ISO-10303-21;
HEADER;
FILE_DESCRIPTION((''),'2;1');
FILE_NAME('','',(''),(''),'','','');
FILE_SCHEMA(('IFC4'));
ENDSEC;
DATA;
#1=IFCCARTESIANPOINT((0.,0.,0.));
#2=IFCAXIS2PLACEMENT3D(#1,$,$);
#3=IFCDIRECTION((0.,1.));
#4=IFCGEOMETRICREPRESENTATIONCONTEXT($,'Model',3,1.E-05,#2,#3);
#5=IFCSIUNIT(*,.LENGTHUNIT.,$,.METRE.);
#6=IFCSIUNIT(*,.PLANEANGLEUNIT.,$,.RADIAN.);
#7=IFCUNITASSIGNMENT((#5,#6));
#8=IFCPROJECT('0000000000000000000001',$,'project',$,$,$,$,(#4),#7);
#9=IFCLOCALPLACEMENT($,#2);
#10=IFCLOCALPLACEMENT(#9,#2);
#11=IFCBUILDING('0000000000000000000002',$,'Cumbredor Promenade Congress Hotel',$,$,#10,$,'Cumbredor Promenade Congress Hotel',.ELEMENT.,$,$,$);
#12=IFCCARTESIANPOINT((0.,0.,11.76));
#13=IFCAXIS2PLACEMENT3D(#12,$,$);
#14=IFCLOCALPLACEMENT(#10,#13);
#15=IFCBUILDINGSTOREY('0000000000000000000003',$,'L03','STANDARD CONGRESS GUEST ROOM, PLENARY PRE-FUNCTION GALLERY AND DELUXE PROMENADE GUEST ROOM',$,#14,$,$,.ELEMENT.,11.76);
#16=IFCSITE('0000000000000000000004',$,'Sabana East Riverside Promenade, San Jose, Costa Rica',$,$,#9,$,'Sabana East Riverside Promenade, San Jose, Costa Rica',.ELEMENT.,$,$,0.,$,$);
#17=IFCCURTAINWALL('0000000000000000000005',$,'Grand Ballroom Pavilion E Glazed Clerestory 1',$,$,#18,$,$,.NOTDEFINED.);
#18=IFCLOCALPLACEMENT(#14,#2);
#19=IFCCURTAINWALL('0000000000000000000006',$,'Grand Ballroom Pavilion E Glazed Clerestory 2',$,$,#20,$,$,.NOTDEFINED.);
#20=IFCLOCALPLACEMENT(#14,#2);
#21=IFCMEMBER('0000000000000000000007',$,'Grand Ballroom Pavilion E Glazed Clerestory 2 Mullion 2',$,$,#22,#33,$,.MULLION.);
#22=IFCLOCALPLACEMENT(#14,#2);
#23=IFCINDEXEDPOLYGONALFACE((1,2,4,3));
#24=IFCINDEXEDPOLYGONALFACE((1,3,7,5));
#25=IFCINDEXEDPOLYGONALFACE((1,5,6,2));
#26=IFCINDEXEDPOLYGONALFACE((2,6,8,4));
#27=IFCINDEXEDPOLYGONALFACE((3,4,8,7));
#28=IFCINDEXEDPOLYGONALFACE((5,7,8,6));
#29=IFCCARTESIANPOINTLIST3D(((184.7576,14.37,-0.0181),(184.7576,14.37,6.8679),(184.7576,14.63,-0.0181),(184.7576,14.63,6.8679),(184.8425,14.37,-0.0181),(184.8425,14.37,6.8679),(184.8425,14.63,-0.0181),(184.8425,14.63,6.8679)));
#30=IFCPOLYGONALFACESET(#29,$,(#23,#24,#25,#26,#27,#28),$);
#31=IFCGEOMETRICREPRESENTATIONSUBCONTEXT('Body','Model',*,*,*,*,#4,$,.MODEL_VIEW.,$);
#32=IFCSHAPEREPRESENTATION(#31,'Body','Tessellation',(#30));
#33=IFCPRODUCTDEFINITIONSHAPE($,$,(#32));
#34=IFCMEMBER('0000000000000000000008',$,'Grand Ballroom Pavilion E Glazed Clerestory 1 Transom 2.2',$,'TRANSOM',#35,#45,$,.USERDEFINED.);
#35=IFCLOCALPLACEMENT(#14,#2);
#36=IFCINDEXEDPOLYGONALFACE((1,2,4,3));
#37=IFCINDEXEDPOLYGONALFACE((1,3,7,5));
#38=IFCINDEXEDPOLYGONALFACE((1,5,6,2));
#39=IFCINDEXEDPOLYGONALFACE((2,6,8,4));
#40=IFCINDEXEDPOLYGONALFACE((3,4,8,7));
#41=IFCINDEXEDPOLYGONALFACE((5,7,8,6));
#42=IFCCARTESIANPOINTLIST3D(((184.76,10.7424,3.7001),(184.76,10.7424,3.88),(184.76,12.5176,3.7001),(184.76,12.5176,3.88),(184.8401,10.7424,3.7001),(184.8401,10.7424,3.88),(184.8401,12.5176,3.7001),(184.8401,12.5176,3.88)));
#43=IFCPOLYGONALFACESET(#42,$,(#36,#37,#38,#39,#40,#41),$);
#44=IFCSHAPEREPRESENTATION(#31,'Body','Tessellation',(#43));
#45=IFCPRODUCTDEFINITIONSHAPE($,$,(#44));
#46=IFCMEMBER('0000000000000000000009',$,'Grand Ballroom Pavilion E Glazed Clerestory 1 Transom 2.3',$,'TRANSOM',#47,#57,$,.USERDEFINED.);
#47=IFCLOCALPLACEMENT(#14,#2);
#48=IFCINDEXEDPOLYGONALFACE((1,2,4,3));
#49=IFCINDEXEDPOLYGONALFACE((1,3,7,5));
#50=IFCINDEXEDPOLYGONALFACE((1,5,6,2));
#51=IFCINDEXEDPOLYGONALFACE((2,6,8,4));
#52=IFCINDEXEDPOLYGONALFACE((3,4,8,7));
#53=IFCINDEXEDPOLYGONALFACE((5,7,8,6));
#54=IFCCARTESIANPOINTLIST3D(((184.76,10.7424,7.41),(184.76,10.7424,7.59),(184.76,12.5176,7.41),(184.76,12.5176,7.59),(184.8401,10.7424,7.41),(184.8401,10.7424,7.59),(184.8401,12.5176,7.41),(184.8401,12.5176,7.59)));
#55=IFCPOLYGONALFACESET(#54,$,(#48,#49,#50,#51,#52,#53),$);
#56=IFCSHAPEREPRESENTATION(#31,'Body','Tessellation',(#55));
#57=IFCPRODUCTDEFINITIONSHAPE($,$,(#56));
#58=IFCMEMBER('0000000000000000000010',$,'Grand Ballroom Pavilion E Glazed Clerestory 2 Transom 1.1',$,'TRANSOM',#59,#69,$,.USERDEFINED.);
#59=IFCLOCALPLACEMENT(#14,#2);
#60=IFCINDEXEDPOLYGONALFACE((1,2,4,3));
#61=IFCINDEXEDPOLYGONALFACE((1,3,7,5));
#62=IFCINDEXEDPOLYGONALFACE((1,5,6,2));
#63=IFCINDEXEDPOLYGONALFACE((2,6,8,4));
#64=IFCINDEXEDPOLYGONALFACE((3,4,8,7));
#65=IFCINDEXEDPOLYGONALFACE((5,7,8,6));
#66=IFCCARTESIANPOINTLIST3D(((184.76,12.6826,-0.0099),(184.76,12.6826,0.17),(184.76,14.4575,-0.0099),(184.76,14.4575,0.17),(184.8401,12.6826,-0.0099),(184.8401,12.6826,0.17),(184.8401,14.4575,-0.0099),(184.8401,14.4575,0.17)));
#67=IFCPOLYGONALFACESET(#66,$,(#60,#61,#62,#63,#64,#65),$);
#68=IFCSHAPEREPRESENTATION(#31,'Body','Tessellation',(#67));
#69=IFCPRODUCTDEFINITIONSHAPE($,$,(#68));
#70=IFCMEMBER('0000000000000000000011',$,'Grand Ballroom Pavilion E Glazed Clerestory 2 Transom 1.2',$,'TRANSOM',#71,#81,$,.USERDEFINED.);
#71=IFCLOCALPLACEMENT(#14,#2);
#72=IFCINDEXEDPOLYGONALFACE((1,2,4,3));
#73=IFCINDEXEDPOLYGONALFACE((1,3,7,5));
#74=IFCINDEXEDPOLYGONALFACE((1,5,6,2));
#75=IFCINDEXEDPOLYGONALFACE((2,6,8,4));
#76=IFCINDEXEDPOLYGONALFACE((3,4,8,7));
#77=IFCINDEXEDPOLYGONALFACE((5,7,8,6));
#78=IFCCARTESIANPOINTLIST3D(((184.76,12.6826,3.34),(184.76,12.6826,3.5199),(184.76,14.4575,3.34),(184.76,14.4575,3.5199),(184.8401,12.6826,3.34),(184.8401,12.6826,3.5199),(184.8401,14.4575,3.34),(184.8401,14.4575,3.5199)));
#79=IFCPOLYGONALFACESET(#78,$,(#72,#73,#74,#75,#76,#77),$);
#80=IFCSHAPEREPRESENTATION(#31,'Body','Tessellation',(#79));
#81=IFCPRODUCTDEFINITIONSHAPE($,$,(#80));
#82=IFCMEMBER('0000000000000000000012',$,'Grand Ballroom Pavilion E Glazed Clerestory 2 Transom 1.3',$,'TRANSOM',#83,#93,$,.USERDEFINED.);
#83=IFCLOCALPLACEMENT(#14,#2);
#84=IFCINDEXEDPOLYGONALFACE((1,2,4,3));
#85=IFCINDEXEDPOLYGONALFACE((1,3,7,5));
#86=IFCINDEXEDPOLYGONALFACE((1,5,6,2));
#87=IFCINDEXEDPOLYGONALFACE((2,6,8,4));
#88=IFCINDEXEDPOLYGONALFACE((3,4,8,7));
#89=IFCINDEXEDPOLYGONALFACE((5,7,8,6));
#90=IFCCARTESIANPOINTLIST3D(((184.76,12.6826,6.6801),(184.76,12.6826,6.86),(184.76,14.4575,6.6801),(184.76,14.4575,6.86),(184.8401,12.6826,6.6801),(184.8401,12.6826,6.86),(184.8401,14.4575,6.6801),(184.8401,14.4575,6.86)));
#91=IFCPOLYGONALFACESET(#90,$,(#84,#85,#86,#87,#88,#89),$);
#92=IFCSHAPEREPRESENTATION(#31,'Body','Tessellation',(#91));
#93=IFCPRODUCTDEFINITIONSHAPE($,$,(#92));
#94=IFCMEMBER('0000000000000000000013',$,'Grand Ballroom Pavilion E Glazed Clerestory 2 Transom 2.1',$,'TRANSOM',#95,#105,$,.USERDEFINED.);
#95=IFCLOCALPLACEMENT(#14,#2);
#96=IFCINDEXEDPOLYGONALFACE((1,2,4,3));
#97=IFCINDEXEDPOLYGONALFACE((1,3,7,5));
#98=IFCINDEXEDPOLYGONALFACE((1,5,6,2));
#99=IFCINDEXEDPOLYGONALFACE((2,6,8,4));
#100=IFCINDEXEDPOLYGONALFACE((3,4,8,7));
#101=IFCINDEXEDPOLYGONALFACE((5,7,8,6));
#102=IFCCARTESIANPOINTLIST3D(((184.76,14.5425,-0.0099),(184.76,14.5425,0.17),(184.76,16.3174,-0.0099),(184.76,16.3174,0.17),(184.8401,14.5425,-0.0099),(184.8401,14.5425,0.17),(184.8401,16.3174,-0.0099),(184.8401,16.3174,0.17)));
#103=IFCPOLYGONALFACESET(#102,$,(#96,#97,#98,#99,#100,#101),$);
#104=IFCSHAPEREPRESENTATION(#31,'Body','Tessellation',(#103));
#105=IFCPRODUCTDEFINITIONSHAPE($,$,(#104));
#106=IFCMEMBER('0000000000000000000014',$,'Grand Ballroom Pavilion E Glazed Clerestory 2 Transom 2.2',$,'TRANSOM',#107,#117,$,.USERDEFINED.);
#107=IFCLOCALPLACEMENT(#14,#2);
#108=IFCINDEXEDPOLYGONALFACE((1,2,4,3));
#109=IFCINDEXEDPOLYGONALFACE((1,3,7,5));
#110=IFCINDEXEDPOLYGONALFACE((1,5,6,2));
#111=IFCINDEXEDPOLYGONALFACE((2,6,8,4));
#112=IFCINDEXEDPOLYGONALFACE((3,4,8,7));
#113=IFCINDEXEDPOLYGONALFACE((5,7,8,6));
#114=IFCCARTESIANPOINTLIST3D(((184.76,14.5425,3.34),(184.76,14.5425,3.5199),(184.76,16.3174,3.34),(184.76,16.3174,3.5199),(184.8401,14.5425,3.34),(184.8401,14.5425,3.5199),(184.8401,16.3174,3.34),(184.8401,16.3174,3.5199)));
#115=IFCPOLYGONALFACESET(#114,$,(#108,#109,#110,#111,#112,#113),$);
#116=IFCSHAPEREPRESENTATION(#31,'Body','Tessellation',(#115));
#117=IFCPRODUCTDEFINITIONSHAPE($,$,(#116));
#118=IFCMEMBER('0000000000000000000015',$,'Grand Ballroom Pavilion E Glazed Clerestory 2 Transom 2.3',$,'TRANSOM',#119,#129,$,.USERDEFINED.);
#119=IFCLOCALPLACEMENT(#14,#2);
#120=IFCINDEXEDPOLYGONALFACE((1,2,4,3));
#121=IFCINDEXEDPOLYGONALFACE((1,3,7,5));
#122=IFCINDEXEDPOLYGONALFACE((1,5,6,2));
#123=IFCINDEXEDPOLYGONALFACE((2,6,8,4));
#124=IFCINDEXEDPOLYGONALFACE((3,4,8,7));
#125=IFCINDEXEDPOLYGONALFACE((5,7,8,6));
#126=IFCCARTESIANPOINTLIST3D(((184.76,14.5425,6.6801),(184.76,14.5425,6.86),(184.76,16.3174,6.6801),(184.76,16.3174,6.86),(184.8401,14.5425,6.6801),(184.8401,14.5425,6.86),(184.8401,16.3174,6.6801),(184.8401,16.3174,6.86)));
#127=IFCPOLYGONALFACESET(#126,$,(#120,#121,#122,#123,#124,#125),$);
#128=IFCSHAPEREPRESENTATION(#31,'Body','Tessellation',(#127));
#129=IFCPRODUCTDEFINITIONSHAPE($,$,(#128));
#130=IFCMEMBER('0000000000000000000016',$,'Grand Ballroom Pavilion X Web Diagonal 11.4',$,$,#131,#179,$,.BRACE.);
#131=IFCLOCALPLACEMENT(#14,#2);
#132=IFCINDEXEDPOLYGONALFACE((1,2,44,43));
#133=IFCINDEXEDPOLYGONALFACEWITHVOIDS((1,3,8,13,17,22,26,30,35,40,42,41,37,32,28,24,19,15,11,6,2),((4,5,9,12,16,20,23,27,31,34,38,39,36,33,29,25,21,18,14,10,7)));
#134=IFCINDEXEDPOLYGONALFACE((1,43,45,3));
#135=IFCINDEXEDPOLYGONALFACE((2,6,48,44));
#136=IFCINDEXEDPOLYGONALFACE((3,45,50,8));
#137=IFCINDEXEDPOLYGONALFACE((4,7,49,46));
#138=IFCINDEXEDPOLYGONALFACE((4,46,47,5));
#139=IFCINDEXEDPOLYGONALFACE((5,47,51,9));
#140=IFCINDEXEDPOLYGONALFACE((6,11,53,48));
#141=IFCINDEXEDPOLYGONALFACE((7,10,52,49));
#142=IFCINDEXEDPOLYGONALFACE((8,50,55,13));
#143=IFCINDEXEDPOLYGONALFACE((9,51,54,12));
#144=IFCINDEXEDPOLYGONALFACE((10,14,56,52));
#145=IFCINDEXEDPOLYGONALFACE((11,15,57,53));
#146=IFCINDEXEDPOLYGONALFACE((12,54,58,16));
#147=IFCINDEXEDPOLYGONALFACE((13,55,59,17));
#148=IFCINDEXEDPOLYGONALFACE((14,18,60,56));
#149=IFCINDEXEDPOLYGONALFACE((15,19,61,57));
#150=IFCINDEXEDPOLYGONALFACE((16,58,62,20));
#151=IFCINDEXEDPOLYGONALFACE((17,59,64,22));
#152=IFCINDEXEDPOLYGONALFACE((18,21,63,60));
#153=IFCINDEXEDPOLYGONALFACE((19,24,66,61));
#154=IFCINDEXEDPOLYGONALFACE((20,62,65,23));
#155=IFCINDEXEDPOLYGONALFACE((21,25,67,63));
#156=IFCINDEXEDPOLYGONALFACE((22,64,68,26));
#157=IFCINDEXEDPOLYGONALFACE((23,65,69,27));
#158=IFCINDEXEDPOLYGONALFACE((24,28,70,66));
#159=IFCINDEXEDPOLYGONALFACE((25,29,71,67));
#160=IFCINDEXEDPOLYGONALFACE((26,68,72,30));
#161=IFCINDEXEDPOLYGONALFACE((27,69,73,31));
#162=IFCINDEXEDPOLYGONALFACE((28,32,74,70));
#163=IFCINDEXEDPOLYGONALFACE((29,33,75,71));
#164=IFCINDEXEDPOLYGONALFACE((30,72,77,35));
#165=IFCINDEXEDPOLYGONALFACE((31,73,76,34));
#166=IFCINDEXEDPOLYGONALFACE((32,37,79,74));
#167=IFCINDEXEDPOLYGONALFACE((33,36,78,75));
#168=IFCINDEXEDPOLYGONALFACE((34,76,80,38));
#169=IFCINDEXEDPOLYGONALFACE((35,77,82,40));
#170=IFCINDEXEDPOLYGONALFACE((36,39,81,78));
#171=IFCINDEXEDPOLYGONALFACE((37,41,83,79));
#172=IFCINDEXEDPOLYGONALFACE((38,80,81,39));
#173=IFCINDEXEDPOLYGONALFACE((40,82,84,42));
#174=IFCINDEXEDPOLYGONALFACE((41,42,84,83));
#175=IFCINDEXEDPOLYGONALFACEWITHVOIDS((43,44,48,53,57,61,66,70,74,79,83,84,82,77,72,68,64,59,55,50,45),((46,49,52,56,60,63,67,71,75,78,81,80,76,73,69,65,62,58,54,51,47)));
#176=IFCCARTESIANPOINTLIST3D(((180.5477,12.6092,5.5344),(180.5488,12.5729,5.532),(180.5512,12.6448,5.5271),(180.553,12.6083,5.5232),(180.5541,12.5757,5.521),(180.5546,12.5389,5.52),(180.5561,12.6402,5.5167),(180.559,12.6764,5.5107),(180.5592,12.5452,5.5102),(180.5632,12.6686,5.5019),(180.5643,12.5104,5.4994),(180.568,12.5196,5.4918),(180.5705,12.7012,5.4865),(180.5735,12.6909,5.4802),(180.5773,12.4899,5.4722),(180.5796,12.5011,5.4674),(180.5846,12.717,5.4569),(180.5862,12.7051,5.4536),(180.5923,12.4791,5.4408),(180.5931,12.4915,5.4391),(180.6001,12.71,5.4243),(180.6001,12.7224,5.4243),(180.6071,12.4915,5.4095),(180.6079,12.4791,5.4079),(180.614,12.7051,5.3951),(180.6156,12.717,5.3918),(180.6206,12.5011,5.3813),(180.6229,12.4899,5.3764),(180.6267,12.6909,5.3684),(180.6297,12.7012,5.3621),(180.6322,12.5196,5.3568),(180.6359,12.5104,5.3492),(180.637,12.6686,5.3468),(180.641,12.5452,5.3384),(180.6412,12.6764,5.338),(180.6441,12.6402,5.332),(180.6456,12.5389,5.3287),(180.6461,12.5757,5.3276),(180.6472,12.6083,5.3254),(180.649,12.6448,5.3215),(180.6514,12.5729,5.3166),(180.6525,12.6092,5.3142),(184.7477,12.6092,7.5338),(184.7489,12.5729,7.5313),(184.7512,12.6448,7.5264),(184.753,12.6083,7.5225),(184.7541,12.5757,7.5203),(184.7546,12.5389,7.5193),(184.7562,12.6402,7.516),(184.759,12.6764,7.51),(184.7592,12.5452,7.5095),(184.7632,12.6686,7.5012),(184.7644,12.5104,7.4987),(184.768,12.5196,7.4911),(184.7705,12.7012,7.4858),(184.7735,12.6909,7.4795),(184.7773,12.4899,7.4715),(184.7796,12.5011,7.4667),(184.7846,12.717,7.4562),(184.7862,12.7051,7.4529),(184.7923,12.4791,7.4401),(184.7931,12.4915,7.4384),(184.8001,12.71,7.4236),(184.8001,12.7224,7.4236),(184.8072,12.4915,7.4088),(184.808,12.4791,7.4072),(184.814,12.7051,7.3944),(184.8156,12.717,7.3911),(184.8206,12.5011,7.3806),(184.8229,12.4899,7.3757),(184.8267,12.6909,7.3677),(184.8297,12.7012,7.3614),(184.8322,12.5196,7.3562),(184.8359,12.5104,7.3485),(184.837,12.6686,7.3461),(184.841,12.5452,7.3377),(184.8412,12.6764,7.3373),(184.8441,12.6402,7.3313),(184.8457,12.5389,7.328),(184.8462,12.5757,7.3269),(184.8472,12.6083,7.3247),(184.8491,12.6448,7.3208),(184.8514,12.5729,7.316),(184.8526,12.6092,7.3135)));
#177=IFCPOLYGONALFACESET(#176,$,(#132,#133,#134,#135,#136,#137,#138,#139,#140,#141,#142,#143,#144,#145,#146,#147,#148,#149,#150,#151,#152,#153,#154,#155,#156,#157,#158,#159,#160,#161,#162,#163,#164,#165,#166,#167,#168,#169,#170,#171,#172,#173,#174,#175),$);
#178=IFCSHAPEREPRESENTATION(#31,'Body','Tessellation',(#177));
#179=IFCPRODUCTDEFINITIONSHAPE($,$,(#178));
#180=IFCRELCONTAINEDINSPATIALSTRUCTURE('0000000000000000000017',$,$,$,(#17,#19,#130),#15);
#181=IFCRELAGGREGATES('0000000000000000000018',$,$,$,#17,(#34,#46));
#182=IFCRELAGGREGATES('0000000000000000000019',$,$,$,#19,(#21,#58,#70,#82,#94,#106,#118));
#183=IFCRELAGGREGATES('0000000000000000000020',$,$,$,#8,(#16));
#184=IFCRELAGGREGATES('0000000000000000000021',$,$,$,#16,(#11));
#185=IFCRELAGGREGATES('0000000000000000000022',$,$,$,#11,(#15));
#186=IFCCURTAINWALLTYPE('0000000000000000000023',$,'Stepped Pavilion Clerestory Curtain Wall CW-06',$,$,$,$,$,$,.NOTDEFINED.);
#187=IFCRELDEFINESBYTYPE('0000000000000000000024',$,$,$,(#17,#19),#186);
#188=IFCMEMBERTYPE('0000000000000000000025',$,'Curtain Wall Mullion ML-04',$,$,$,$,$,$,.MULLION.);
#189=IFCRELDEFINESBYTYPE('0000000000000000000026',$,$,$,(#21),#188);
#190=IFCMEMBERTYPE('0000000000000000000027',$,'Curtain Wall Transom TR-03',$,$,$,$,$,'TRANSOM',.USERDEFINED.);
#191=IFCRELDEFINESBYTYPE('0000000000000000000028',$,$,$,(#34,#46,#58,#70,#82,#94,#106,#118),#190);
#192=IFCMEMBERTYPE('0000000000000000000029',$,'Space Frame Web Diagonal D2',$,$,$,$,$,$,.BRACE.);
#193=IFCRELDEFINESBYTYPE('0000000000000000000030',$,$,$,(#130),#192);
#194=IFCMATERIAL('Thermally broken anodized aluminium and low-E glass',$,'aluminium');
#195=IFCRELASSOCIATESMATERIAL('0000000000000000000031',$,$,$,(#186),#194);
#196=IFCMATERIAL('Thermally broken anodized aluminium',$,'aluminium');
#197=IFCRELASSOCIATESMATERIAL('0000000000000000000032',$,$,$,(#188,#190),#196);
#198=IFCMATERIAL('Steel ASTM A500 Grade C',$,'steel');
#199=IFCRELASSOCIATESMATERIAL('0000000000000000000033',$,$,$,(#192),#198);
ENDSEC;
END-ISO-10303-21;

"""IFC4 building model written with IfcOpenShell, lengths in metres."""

from ifc_helpers import new_model, si_unit, direction, frame, origin, origin_2d, place, context, subcontext, project, spatial, rectangle, hollow_circle, extrude, material, material_profile, profile_set, type_object, element, aggregate, save


model = new_model("IFC4")

# Units and contexts
model_context = context("Model", 3, precision=1e-05, world=origin(), true_north=direction((0.0, 1.0)))
body_context = subcontext(model_context, "Body", "Model", "MODEL_VIEW")
ifc_project = project(units=[si_unit("LENGTHUNIT", "METRE"), si_unit("PLANEANGLEUNIT", "RADIAN")], contexts=[model_context])

# Site, building, storey
site_placement = place(None, origin())
site = spatial("IfcSite", under=ifc_project, at=site_placement, Name="Sabana East Riverside Promenade, San Jose, Costa Rica", LongName="Sabana East Riverside Promenade, San Jose, Costa Rica", CompositionType="ELEMENT", RefElevation=0.0)
building_placement = place(site_placement, origin())
building = spatial("IfcBuilding", under=site, at=building_placement, Name="Cumbredor Promenade Congress Hotel", LongName="Cumbredor Promenade Congress Hotel", CompositionType="ELEMENT")
storey_placement = place(building_placement, frame((0.0, 0.0, 11.76)))
storey = spatial("IfcBuildingStorey", under=building, at=storey_placement, Name="L03", Description="STANDARD CONGRESS GUEST ROOM, PLENARY PRE-FUNCTION GALLERY AND DELUXE PROMENADE GUEST ROOM", CompositionType="ELEMENT", Elevation=11.76)

# Shared definitions
ifc_material_1 = material(Name="Steel ASTM A500 Grade C", Category="steel")

# Curtain wall
ifc_material_2 = material(Name="Thermally broken anodized aluminium and low-E glass", Category="aluminium")
curtain_wall_type = type_object("IfcCurtainWallType", Name="Stepped Pavilion Clerestory Curtain Wall CW-06", PredefinedType="NOTDEFINED", material=ifc_material_2)
curtain_wall_1_placement = place(storey_placement, origin())
curtain_wall_1 = element("IfcCurtainWall", 1, at=curtain_wall_1_placement, inside=storey, type_object=curtain_wall_type, Name="Grand Ballroom Pavilion E Glazed Clerestory 1", PredefinedType="NOTDEFINED")
ifc_material_3 = material(Name="Thermally broken anodized aluminium", Category="aluminium")
ifc_material_profile_1 = material_profile(ifc_material_3, rectangle(XDim=0.085, YDim=0.26, at=origin_2d()), Name="ALU MULLION CLERESTORY 85x260")
ifc_profile_set_1 = profile_set([ifc_material_profile_1], Name="Thermally broken anodized aluminium")
member_type_1 = type_object("IfcMemberType", Name="Curtain Wall Mullion ML-04", PredefinedType="MULLION", material=ifc_profile_set_1)

# Curtain wall, member
curtain_wall_2_placement = place(storey_placement, origin())
curtain_wall_2 = element("IfcCurtainWall", 2, at=curtain_wall_2_placement, inside=storey, type_object=curtain_wall_type, Name="Grand Ballroom Pavilion E Glazed Clerestory 2", PredefinedType="NOTDEFINED")
member_1_placement = place(storey_placement, frame((184.8, 14.5, -0.0181), z_axis=(0.0, 0.0, 1.0), x_axis=(1.0, 0.0, 0.0)))
member_1 = element("IfcMember", 3, at=member_1_placement, type_object=member_type_1, Name="Grand Ballroom Pavilion E Glazed Clerestory 2 Mullion 2", PredefinedType="MULLION", context=body_context, shape_type="SweptSolid", body=[
    extrude(rectangle(XDim=0.085, YDim=0.26, at=origin_2d()), origin(), (0.0, 0.0, 1.0), 6.886),
])

# Members
ifc_material_profile_2 = material_profile(ifc_material_3, rectangle(XDim=0.0801, YDim=0.1799, at=origin_2d()), Name="ALU TRANSOM 80x180")
ifc_profile_set_2 = profile_set([ifc_material_profile_2], Name="Thermally broken anodized aluminium")
member_type_2 = type_object("IfcMemberType", Name="Curtain Wall Transom TR-03", ElementType="TRANSOM", PredefinedType="USERDEFINED", material=ifc_profile_set_2)
member_2_placement = place(storey_placement, frame((184.8, 10.7424, 3.79), z_axis=(0.0, 1.0, 0.0), x_axis=(-1.0, 0.0, 0.0)))
member_2 = element("IfcMember", 4, at=member_2_placement, type_object=member_type_2, Name="Grand Ballroom Pavilion E Glazed Clerestory 1 Transom 2.2", ObjectType="TRANSOM", PredefinedType="USERDEFINED", context=body_context, shape_type="SweptSolid", body=[
    extrude(rectangle(XDim=0.0801, YDim=0.1799, at=origin_2d()), origin(), (0.0, 0.0, 1.0), 1.7751),
])
member_3_placement = place(storey_placement, frame((184.8, 10.7424, 7.5), z_axis=(0.0, 1.0, 0.0), x_axis=(-1.0, 0.0, 0.0)))
member_3 = element("IfcMember", 5, at=member_3_placement, type_object=member_type_2, Name="Grand Ballroom Pavilion E Glazed Clerestory 1 Transom 2.3", ObjectType="TRANSOM", PredefinedType="USERDEFINED", context=body_context, shape_type="SweptSolid", body=[
    extrude(rectangle(XDim=0.0801, YDim=0.1799, at=origin_2d()), origin(), (0.0, 0.0, 1.0), 1.7751),
])
member_4_placement = place(storey_placement, frame((184.8, 12.6826, 0.0801), z_axis=(0.0, 1.0, 0.0), x_axis=(-1.0, 0.0, 0.0)))
member_4 = element("IfcMember", 6, at=member_4_placement, type_object=member_type_2, Name="Grand Ballroom Pavilion E Glazed Clerestory 2 Transom 1.1", ObjectType="TRANSOM", PredefinedType="USERDEFINED", context=body_context, shape_type="SweptSolid", body=[
    extrude(rectangle(XDim=0.0801, YDim=0.1799, at=origin_2d()), origin(), (0.0, 0.0, 1.0), 1.7749),
])
member_5_placement = place(storey_placement, frame((184.8, 12.6826, 3.4299), z_axis=(0.0, 1.0, 0.0), x_axis=(-1.0, 0.0, 0.0)))
member_5 = element("IfcMember", 7, at=member_5_placement, type_object=member_type_2, Name="Grand Ballroom Pavilion E Glazed Clerestory 2 Transom 1.2", ObjectType="TRANSOM", PredefinedType="USERDEFINED", context=body_context, shape_type="SweptSolid", body=[
    extrude(rectangle(XDim=0.0801, YDim=0.1799, at=origin_2d()), origin(), (0.0, 0.0, 1.0), 1.7749),
])
member_6_placement = place(storey_placement, frame((184.8, 12.6826, 6.77), z_axis=(0.0, 1.0, 0.0), x_axis=(-1.0, 0.0, 0.0)))
member_6 = element("IfcMember", 8, at=member_6_placement, type_object=member_type_2, Name="Grand Ballroom Pavilion E Glazed Clerestory 2 Transom 1.3", ObjectType="TRANSOM", PredefinedType="USERDEFINED", context=body_context, shape_type="SweptSolid", body=[
    extrude(rectangle(XDim=0.0801, YDim=0.1799, at=origin_2d()), origin(), (0.0, 0.0, 1.0), 1.7749),
])
member_7_placement = place(storey_placement, frame((184.8, 14.5425, 0.0801), z_axis=(0.0, 1.0, 0.0), x_axis=(-1.0, 0.0, 0.0)))
member_7 = element("IfcMember", 9, at=member_7_placement, type_object=member_type_2, Name="Grand Ballroom Pavilion E Glazed Clerestory 2 Transom 2.1", ObjectType="TRANSOM", PredefinedType="USERDEFINED", context=body_context, shape_type="SweptSolid", body=[
    extrude(rectangle(XDim=0.0801, YDim=0.1799, at=origin_2d()), origin(), (0.0, 0.0, 1.0), 1.7749),
])
member_8_placement = place(storey_placement, frame((184.8, 14.5425, 3.4299), z_axis=(0.0, 1.0, 0.0), x_axis=(-1.0, 0.0, 0.0)))
member_8 = element("IfcMember", 10, at=member_8_placement, type_object=member_type_2, Name="Grand Ballroom Pavilion E Glazed Clerestory 2 Transom 2.2", ObjectType="TRANSOM", PredefinedType="USERDEFINED", context=body_context, shape_type="SweptSolid", body=[
    extrude(rectangle(XDim=0.0801, YDim=0.1799, at=origin_2d()), origin(), (0.0, 0.0, 1.0), 1.7749),
])
member_9_placement = place(storey_placement, frame((184.8, 14.5425, 6.77), z_axis=(0.0, 1.0, 0.0), x_axis=(-1.0, 0.0, 0.0)))
member_9 = element("IfcMember", 11, at=member_9_placement, type_object=member_type_2, Name="Grand Ballroom Pavilion E Glazed Clerestory 2 Transom 2.3", ObjectType="TRANSOM", PredefinedType="USERDEFINED", context=body_context, shape_type="SweptSolid", body=[
    extrude(rectangle(XDim=0.0801, YDim=0.1799, at=origin_2d()), origin(), (0.0, 0.0, 1.0), 1.7749),
])

# Member
ifc_material_profile_3 = material_profile(ifc_material_1, hollow_circle(Radius=0.1223, WallThickness=0.0125, at=origin_2d()), Name="CHS 244.5x12.5")
ifc_profile_set_3 = profile_set([ifc_material_profile_3], Name="Steel ASTM A500 Grade C")
member_type_3 = type_object("IfcMemberType", Name="Space Frame Web Diagonal D2", PredefinedType="BRACE", material=ifc_profile_set_3)
member_10_placement = place(storey_placement, frame((180.6001, 12.6001, 5.4243), z_axis=(0.90292, 0.0, 0.429809), x_axis=(0.0, 1.0, 0.0)))
element("IfcMember", 12, at=member_10_placement, inside=storey, type_object=member_type_3, Name="Grand Ballroom Pavilion X Web Diagonal 11.4", PredefinedType="BRACE", context=body_context, shape_type="SweptSolid", body=[
    extrude(hollow_circle(Radius=0.1223, WallThickness=0.0125, at=origin_2d()), origin(), (0.0, 0.0, 1.0), 4.6516),
])

aggregate(curtain_wall_1, [member_2, member_3])
aggregate(curtain_wall_2, [member_1, member_4, member_5, member_6, member_7, member_8, member_9])

save(model, "model.ifc")
